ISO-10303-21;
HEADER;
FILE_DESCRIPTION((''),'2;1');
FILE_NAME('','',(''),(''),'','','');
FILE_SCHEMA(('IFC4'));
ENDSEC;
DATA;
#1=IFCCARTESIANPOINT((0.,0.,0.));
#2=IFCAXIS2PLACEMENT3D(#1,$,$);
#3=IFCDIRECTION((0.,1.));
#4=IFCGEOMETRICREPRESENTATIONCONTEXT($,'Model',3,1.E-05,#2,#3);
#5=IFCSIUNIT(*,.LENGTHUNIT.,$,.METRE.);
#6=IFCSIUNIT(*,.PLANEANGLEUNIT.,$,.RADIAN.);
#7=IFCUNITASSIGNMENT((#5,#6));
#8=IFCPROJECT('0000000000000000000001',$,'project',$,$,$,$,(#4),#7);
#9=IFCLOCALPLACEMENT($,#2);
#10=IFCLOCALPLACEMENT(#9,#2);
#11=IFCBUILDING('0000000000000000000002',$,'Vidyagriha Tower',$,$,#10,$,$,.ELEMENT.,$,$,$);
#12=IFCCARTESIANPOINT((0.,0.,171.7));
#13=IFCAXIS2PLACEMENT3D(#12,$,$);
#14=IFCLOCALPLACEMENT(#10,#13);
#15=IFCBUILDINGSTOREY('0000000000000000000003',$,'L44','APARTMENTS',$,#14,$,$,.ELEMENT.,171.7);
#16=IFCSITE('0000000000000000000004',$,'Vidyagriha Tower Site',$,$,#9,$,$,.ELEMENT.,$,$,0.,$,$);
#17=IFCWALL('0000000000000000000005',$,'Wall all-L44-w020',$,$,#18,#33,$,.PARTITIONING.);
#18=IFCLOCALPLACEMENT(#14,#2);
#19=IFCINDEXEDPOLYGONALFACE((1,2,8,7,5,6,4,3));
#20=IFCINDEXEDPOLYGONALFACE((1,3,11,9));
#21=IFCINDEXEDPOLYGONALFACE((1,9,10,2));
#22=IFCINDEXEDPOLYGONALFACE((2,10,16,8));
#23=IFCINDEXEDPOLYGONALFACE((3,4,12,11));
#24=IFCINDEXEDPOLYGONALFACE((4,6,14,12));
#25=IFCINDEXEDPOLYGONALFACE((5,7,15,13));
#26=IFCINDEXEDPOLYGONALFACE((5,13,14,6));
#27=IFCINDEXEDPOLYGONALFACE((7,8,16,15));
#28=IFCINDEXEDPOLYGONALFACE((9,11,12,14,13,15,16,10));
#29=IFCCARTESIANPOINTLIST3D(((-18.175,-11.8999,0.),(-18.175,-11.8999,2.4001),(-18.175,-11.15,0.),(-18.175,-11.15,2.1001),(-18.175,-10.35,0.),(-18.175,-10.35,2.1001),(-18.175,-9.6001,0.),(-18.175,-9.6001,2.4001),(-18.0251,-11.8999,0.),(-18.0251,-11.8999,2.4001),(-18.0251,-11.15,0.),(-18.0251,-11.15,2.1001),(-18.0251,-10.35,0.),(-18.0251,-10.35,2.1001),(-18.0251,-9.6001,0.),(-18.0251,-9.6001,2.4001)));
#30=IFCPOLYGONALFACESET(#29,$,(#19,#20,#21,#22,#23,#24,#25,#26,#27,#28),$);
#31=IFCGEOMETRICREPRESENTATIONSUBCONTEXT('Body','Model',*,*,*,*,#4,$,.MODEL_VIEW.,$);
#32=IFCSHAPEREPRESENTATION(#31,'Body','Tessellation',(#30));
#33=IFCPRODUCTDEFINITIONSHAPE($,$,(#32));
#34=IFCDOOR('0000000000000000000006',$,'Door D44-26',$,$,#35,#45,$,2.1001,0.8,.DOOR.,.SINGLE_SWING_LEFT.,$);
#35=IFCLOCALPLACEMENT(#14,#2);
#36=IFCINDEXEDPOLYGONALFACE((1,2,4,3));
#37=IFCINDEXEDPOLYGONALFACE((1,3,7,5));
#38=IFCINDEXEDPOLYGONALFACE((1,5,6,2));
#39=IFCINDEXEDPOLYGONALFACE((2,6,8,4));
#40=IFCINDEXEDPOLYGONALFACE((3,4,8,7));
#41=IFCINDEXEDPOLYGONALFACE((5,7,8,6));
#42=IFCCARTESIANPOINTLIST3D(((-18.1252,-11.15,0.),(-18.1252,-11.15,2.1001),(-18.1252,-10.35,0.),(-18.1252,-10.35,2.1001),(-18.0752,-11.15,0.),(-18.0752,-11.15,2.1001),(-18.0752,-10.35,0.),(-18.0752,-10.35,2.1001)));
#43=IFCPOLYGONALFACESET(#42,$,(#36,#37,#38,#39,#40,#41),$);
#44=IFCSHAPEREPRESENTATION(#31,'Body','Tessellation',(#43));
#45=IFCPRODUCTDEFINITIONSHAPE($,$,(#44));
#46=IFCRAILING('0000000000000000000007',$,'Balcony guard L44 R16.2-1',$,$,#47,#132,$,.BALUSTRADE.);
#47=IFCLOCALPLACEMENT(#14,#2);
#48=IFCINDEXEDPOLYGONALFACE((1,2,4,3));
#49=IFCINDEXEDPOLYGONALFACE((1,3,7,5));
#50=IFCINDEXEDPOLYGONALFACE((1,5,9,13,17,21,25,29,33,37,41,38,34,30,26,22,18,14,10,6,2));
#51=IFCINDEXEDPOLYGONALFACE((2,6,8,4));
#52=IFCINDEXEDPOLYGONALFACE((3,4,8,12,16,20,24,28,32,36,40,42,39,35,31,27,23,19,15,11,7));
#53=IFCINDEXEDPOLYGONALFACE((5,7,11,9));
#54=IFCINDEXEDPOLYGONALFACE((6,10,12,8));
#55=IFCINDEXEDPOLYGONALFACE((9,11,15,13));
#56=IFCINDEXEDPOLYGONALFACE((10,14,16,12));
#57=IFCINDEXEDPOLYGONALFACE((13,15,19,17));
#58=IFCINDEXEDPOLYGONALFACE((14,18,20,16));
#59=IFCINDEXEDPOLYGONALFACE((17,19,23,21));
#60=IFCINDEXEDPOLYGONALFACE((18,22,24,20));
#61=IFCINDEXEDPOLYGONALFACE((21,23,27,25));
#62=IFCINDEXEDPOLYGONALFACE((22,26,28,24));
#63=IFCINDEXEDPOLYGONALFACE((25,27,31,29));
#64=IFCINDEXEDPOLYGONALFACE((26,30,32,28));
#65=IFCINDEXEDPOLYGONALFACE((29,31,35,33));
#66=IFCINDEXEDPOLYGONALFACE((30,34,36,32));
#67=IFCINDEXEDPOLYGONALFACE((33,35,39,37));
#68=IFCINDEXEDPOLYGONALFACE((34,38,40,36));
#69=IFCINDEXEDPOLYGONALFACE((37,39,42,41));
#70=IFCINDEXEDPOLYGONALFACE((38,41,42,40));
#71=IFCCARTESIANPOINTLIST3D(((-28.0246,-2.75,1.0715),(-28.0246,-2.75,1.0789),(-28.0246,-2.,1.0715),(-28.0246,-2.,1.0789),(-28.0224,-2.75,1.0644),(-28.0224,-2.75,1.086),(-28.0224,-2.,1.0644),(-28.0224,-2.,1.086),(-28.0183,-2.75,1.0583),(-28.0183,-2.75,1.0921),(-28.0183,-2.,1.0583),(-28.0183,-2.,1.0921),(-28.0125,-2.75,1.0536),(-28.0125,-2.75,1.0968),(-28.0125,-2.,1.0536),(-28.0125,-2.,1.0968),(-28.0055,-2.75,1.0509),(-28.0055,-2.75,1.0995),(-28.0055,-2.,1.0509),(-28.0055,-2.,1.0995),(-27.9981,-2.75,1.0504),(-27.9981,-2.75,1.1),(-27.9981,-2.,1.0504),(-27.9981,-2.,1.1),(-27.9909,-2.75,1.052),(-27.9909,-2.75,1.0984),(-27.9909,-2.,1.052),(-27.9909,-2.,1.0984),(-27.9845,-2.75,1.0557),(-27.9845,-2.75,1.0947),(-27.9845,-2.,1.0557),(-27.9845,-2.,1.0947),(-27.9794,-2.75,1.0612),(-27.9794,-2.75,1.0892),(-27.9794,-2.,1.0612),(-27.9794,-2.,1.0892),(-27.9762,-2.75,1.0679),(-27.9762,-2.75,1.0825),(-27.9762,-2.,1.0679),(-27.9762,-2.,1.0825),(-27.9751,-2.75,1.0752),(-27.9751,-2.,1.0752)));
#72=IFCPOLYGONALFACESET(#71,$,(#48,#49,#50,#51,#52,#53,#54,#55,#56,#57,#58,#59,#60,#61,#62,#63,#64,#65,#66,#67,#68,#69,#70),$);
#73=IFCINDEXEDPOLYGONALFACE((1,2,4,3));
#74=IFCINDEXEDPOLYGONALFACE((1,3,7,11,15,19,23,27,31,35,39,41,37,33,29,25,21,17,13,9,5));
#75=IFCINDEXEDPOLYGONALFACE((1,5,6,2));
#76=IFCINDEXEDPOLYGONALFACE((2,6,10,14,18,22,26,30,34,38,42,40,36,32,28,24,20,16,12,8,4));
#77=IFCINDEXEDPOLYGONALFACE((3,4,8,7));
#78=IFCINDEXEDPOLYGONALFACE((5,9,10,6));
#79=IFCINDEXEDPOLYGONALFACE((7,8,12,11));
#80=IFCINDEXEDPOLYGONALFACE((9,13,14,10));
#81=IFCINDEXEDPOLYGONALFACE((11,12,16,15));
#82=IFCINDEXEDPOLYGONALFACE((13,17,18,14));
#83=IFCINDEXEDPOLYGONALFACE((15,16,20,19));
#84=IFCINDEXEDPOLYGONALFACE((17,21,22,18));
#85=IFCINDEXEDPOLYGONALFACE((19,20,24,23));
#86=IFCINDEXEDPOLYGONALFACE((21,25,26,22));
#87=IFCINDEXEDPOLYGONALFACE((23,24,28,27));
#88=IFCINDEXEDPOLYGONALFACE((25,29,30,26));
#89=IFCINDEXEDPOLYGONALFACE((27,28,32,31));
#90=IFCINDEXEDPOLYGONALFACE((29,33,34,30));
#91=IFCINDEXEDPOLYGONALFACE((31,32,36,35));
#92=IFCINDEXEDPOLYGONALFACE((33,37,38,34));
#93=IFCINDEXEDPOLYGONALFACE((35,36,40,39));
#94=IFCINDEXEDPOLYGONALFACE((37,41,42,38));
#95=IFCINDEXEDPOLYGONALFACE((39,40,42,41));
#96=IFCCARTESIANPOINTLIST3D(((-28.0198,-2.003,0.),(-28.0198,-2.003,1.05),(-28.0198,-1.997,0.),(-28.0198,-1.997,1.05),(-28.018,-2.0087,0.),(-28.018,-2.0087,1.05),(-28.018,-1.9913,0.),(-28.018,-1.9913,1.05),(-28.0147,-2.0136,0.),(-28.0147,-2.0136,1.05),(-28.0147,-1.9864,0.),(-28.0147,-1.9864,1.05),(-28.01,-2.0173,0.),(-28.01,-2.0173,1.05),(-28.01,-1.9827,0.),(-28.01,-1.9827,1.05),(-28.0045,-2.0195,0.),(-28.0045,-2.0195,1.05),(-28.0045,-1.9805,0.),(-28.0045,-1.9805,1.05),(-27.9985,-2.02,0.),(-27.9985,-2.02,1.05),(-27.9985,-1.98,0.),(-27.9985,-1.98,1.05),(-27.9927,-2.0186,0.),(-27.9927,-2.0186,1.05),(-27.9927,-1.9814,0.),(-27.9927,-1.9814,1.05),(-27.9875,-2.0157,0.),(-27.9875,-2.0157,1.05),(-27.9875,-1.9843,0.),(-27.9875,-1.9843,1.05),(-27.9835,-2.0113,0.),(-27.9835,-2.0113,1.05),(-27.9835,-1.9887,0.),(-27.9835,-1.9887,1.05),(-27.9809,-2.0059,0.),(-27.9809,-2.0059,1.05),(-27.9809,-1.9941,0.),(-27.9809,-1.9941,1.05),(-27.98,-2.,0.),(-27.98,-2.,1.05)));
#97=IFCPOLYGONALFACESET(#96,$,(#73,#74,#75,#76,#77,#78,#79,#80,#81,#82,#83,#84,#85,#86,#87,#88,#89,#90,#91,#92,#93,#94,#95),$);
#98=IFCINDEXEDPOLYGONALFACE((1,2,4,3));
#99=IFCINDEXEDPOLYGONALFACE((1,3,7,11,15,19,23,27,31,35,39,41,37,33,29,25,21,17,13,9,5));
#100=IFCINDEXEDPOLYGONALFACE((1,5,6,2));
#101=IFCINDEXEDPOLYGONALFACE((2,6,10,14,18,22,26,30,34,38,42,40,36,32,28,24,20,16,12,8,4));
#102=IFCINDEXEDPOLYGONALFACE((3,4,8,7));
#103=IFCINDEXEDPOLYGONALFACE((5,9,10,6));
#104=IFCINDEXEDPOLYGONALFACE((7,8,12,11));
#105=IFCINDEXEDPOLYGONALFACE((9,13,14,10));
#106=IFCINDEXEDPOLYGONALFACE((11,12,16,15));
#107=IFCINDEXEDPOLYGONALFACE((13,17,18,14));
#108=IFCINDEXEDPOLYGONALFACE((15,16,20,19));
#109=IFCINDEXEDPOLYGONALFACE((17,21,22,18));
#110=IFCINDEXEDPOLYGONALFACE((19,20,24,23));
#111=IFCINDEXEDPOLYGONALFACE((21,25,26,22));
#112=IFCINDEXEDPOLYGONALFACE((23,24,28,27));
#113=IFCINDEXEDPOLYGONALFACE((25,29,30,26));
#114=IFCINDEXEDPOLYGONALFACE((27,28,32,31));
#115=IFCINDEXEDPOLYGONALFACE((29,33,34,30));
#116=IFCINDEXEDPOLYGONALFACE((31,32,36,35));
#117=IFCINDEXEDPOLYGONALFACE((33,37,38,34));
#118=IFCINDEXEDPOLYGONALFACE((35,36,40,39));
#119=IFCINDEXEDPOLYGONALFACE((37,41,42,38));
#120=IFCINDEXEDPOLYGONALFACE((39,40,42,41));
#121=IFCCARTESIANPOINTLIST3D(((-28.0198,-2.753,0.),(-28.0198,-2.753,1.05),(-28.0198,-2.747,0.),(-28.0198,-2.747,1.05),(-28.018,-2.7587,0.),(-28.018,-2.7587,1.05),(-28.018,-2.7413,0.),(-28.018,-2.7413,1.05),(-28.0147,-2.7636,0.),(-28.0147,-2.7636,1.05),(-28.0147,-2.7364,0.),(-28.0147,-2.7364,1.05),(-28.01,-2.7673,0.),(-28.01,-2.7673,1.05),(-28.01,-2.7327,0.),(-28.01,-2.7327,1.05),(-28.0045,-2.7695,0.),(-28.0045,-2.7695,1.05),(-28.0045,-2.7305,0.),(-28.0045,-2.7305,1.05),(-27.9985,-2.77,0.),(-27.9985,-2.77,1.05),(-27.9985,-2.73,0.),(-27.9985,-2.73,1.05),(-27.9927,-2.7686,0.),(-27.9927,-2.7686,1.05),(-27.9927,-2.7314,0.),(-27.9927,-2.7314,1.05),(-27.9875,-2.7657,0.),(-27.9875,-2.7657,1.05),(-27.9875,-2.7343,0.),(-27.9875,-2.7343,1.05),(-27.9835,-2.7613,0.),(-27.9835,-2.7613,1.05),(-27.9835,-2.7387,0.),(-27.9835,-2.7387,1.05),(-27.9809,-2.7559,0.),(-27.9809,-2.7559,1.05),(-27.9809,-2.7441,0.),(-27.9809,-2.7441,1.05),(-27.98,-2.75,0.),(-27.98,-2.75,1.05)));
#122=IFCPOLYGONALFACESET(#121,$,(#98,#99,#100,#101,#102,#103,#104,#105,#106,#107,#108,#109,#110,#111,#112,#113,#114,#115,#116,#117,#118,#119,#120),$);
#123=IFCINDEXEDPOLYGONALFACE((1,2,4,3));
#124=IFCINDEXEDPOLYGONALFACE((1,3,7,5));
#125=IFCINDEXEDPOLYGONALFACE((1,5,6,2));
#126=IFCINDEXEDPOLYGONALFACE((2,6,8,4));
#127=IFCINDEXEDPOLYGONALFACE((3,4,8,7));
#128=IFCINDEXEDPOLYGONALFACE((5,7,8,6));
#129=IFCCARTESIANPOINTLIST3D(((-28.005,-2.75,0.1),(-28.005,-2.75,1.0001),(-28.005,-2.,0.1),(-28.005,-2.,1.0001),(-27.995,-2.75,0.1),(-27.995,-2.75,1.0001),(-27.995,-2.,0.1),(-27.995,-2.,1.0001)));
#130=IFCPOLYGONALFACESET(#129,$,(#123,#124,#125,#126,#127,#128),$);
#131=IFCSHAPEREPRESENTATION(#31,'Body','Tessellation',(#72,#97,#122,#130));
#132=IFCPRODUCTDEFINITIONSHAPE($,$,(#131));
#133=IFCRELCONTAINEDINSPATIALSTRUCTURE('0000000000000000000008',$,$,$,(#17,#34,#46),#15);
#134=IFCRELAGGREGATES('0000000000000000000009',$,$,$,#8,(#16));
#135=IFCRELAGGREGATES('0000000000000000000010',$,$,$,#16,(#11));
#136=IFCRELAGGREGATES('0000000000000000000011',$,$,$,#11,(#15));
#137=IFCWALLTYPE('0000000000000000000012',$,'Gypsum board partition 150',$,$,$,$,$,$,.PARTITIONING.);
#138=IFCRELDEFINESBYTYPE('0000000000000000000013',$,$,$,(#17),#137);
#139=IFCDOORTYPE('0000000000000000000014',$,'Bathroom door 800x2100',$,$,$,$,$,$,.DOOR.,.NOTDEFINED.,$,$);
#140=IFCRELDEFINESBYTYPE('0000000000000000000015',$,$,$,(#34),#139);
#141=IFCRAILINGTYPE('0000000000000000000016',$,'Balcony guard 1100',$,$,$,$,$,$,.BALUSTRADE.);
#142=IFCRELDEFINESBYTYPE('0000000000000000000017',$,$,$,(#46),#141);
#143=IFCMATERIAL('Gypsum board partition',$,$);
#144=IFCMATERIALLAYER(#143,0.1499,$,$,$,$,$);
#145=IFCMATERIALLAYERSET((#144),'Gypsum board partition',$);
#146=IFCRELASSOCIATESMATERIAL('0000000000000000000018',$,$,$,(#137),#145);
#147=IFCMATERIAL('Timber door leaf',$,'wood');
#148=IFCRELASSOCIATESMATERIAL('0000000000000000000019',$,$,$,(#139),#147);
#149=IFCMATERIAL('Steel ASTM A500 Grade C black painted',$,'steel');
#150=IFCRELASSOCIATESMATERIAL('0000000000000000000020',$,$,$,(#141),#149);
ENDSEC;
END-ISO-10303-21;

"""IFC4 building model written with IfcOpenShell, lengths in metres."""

from ifc_helpers import new_model, si_unit, direction, frame, frame_2d, origin, origin_2d, place, context, subcontext, project, spatial, rectangle, circle, extrude, material, layer, layer_set, type_object, element, fill, save


model = new_model("IFC4")

# Units and contexts
model_context = context("Model", 3, precision=1e-05, world=origin(), true_north=direction((0.0, 1.0)))
body_context = subcontext(model_context, "Body", "Model", "MODEL_VIEW")
ifc_project = project(units=[si_unit("LENGTHUNIT", "METRE"), si_unit("PLANEANGLEUNIT", "RADIAN")], contexts=[model_context])

# Site, building, storey
site_placement = place(None, origin())
site = spatial("IfcSite", under=ifc_project, at=site_placement, Name="Vidyagriha Tower Site", CompositionType="ELEMENT", RefElevation=0.0)
building_placement = place(site_placement, origin())
building = spatial("IfcBuilding", under=site, at=building_placement, Name="Vidyagriha Tower", CompositionType="ELEMENT")
storey_placement = place(building_placement, frame((0.0, 0.0, 171.7)))
storey = spatial("IfcBuildingStorey", under=building, at=storey_placement, Name="L44", Description="APARTMENTS", CompositionType="ELEMENT", Elevation=171.7)

# Shared definitions
ifc_material_1 = material(Name="Gypsum board partition")
ifc_layer_1 = layer(ifc_material_1, 0.1499)
ifc_layer_set_1 = layer_set([ifc_layer_1], Name="Gypsum board partition")
wall_type_1 = type_object("IfcWallType", Name="Gypsum board partition 150", PredefinedType="PARTITIONING", material=ifc_layer_set_1)

# Wall, opening, door
wall_1_placement = place(storey_placement, frame((-18.1001, -9.6001, 0.0), z_axis=(0.0, 0.0, 1.0), x_axis=(0.0, -1.0, 0.0)))
wall_1 = element("IfcWall", 1, at=wall_1_placement, inside=storey, type_object=wall_type_1, Name="Wall all-L44-w020", PredefinedType="PARTITIONING", context=body_context, shape_type="SweptSolid", body=[
    extrude(rectangle(XDim=2.2998, YDim=0.1499, at=frame_2d((1.1499, 0.0))), origin(), (0.0, 0.0, 1.0), 2.4001),
])
opening_1_placement = place(wall_1_placement, frame((0.75, 0.0, 0.0)))
opening_1 = element("IfcOpeningElement", 2, at=opening_1_placement, cuts=wall_1, PredefinedType="OPENING", context=body_context, shape_type="SweptSolid", body=[
    extrude(rectangle(XDim=0.8, YDim=2.1001, at=frame_2d((0.3999, 1.05))), frame((0.0, 0.085, 0.0), z_axis=(0.0, -1.0, 0.0), x_axis=(1.0, 0.0, 0.0)), (0.0, 0.0, 1.0), 0.1699),
])
ifc_material_2 = material(Name="Timber door leaf", Category="wood")
door_type_1 = type_object("IfcDoorType", Name="Bathroom door 800x2100", OperationType="NOTDEFINED", PredefinedType="DOOR", material=ifc_material_2)
door_1_placement = place(opening_1_placement, origin())
door_1 = element("IfcDoor", 3, at=door_1_placement, inside=storey, type_object=door_type_1, Name="Door D44-26", OperationType="SINGLE_SWING_LEFT", OverallHeight=2.1001, OverallWidth=0.8, PredefinedType="DOOR", context=body_context, shape_type="SweptSolid", body=[
    extrude(rectangle(XDim=0.8, YDim=2.1001, at=frame_2d((0.3999, 1.05))), frame((0.0, 0.0249, 0.0), z_axis=(0.0, -1.0, 0.0), x_axis=(1.0, 0.0, 0.0)), (0.0, 0.0, 1.0), 0.05),
])
fill(opening_1, door_1)

# Railing
ifc_material_3 = material(Name="Steel ASTM A500 Grade C black painted", Category="steel")
railing_type_1 = type_object("IfcRailingType", Name="Balcony guard 1100", PredefinedType="BALUSTRADE", material=ifc_material_3)
railing_1_placement = place(storey_placement, frame((-28.0, -2.0, 0.0)))
element("IfcRailing", 4, at=railing_1_placement, inside=storey, type_object=railing_type_1, Name="Balcony guard L44 R16.2-1", PredefinedType="BALUSTRADE", context=body_context, shape_type="SweptSolid", body=[
    extrude(circle(Radius=0.0249, at=origin_2d()), frame((0.0, 0.0, 1.0752), z_axis=(0.0, -1.0, 0.0), x_axis=(1.0, 0.0, 0.0)), (0.0, 0.0, 1.0), 0.75),
    extrude(circle(Radius=0.02, at=origin_2d()), origin(), (0.0, 0.0, 1.0), 1.05),
    extrude(circle(Radius=0.02, at=origin_2d()), frame((0.0, -0.75, 0.0)), (0.0, 0.0, 1.0), 1.05),
    extrude(rectangle(XDim=0.01, YDim=0.9001, at=origin_2d()), frame((0.0, 0.0, 0.55), z_axis=(0.0, -1.0, 0.0), x_axis=(1.0, 0.0, 0.0)), (0.0, 0.0, 1.0), 0.75),
])

save(model, "model.ifc")
